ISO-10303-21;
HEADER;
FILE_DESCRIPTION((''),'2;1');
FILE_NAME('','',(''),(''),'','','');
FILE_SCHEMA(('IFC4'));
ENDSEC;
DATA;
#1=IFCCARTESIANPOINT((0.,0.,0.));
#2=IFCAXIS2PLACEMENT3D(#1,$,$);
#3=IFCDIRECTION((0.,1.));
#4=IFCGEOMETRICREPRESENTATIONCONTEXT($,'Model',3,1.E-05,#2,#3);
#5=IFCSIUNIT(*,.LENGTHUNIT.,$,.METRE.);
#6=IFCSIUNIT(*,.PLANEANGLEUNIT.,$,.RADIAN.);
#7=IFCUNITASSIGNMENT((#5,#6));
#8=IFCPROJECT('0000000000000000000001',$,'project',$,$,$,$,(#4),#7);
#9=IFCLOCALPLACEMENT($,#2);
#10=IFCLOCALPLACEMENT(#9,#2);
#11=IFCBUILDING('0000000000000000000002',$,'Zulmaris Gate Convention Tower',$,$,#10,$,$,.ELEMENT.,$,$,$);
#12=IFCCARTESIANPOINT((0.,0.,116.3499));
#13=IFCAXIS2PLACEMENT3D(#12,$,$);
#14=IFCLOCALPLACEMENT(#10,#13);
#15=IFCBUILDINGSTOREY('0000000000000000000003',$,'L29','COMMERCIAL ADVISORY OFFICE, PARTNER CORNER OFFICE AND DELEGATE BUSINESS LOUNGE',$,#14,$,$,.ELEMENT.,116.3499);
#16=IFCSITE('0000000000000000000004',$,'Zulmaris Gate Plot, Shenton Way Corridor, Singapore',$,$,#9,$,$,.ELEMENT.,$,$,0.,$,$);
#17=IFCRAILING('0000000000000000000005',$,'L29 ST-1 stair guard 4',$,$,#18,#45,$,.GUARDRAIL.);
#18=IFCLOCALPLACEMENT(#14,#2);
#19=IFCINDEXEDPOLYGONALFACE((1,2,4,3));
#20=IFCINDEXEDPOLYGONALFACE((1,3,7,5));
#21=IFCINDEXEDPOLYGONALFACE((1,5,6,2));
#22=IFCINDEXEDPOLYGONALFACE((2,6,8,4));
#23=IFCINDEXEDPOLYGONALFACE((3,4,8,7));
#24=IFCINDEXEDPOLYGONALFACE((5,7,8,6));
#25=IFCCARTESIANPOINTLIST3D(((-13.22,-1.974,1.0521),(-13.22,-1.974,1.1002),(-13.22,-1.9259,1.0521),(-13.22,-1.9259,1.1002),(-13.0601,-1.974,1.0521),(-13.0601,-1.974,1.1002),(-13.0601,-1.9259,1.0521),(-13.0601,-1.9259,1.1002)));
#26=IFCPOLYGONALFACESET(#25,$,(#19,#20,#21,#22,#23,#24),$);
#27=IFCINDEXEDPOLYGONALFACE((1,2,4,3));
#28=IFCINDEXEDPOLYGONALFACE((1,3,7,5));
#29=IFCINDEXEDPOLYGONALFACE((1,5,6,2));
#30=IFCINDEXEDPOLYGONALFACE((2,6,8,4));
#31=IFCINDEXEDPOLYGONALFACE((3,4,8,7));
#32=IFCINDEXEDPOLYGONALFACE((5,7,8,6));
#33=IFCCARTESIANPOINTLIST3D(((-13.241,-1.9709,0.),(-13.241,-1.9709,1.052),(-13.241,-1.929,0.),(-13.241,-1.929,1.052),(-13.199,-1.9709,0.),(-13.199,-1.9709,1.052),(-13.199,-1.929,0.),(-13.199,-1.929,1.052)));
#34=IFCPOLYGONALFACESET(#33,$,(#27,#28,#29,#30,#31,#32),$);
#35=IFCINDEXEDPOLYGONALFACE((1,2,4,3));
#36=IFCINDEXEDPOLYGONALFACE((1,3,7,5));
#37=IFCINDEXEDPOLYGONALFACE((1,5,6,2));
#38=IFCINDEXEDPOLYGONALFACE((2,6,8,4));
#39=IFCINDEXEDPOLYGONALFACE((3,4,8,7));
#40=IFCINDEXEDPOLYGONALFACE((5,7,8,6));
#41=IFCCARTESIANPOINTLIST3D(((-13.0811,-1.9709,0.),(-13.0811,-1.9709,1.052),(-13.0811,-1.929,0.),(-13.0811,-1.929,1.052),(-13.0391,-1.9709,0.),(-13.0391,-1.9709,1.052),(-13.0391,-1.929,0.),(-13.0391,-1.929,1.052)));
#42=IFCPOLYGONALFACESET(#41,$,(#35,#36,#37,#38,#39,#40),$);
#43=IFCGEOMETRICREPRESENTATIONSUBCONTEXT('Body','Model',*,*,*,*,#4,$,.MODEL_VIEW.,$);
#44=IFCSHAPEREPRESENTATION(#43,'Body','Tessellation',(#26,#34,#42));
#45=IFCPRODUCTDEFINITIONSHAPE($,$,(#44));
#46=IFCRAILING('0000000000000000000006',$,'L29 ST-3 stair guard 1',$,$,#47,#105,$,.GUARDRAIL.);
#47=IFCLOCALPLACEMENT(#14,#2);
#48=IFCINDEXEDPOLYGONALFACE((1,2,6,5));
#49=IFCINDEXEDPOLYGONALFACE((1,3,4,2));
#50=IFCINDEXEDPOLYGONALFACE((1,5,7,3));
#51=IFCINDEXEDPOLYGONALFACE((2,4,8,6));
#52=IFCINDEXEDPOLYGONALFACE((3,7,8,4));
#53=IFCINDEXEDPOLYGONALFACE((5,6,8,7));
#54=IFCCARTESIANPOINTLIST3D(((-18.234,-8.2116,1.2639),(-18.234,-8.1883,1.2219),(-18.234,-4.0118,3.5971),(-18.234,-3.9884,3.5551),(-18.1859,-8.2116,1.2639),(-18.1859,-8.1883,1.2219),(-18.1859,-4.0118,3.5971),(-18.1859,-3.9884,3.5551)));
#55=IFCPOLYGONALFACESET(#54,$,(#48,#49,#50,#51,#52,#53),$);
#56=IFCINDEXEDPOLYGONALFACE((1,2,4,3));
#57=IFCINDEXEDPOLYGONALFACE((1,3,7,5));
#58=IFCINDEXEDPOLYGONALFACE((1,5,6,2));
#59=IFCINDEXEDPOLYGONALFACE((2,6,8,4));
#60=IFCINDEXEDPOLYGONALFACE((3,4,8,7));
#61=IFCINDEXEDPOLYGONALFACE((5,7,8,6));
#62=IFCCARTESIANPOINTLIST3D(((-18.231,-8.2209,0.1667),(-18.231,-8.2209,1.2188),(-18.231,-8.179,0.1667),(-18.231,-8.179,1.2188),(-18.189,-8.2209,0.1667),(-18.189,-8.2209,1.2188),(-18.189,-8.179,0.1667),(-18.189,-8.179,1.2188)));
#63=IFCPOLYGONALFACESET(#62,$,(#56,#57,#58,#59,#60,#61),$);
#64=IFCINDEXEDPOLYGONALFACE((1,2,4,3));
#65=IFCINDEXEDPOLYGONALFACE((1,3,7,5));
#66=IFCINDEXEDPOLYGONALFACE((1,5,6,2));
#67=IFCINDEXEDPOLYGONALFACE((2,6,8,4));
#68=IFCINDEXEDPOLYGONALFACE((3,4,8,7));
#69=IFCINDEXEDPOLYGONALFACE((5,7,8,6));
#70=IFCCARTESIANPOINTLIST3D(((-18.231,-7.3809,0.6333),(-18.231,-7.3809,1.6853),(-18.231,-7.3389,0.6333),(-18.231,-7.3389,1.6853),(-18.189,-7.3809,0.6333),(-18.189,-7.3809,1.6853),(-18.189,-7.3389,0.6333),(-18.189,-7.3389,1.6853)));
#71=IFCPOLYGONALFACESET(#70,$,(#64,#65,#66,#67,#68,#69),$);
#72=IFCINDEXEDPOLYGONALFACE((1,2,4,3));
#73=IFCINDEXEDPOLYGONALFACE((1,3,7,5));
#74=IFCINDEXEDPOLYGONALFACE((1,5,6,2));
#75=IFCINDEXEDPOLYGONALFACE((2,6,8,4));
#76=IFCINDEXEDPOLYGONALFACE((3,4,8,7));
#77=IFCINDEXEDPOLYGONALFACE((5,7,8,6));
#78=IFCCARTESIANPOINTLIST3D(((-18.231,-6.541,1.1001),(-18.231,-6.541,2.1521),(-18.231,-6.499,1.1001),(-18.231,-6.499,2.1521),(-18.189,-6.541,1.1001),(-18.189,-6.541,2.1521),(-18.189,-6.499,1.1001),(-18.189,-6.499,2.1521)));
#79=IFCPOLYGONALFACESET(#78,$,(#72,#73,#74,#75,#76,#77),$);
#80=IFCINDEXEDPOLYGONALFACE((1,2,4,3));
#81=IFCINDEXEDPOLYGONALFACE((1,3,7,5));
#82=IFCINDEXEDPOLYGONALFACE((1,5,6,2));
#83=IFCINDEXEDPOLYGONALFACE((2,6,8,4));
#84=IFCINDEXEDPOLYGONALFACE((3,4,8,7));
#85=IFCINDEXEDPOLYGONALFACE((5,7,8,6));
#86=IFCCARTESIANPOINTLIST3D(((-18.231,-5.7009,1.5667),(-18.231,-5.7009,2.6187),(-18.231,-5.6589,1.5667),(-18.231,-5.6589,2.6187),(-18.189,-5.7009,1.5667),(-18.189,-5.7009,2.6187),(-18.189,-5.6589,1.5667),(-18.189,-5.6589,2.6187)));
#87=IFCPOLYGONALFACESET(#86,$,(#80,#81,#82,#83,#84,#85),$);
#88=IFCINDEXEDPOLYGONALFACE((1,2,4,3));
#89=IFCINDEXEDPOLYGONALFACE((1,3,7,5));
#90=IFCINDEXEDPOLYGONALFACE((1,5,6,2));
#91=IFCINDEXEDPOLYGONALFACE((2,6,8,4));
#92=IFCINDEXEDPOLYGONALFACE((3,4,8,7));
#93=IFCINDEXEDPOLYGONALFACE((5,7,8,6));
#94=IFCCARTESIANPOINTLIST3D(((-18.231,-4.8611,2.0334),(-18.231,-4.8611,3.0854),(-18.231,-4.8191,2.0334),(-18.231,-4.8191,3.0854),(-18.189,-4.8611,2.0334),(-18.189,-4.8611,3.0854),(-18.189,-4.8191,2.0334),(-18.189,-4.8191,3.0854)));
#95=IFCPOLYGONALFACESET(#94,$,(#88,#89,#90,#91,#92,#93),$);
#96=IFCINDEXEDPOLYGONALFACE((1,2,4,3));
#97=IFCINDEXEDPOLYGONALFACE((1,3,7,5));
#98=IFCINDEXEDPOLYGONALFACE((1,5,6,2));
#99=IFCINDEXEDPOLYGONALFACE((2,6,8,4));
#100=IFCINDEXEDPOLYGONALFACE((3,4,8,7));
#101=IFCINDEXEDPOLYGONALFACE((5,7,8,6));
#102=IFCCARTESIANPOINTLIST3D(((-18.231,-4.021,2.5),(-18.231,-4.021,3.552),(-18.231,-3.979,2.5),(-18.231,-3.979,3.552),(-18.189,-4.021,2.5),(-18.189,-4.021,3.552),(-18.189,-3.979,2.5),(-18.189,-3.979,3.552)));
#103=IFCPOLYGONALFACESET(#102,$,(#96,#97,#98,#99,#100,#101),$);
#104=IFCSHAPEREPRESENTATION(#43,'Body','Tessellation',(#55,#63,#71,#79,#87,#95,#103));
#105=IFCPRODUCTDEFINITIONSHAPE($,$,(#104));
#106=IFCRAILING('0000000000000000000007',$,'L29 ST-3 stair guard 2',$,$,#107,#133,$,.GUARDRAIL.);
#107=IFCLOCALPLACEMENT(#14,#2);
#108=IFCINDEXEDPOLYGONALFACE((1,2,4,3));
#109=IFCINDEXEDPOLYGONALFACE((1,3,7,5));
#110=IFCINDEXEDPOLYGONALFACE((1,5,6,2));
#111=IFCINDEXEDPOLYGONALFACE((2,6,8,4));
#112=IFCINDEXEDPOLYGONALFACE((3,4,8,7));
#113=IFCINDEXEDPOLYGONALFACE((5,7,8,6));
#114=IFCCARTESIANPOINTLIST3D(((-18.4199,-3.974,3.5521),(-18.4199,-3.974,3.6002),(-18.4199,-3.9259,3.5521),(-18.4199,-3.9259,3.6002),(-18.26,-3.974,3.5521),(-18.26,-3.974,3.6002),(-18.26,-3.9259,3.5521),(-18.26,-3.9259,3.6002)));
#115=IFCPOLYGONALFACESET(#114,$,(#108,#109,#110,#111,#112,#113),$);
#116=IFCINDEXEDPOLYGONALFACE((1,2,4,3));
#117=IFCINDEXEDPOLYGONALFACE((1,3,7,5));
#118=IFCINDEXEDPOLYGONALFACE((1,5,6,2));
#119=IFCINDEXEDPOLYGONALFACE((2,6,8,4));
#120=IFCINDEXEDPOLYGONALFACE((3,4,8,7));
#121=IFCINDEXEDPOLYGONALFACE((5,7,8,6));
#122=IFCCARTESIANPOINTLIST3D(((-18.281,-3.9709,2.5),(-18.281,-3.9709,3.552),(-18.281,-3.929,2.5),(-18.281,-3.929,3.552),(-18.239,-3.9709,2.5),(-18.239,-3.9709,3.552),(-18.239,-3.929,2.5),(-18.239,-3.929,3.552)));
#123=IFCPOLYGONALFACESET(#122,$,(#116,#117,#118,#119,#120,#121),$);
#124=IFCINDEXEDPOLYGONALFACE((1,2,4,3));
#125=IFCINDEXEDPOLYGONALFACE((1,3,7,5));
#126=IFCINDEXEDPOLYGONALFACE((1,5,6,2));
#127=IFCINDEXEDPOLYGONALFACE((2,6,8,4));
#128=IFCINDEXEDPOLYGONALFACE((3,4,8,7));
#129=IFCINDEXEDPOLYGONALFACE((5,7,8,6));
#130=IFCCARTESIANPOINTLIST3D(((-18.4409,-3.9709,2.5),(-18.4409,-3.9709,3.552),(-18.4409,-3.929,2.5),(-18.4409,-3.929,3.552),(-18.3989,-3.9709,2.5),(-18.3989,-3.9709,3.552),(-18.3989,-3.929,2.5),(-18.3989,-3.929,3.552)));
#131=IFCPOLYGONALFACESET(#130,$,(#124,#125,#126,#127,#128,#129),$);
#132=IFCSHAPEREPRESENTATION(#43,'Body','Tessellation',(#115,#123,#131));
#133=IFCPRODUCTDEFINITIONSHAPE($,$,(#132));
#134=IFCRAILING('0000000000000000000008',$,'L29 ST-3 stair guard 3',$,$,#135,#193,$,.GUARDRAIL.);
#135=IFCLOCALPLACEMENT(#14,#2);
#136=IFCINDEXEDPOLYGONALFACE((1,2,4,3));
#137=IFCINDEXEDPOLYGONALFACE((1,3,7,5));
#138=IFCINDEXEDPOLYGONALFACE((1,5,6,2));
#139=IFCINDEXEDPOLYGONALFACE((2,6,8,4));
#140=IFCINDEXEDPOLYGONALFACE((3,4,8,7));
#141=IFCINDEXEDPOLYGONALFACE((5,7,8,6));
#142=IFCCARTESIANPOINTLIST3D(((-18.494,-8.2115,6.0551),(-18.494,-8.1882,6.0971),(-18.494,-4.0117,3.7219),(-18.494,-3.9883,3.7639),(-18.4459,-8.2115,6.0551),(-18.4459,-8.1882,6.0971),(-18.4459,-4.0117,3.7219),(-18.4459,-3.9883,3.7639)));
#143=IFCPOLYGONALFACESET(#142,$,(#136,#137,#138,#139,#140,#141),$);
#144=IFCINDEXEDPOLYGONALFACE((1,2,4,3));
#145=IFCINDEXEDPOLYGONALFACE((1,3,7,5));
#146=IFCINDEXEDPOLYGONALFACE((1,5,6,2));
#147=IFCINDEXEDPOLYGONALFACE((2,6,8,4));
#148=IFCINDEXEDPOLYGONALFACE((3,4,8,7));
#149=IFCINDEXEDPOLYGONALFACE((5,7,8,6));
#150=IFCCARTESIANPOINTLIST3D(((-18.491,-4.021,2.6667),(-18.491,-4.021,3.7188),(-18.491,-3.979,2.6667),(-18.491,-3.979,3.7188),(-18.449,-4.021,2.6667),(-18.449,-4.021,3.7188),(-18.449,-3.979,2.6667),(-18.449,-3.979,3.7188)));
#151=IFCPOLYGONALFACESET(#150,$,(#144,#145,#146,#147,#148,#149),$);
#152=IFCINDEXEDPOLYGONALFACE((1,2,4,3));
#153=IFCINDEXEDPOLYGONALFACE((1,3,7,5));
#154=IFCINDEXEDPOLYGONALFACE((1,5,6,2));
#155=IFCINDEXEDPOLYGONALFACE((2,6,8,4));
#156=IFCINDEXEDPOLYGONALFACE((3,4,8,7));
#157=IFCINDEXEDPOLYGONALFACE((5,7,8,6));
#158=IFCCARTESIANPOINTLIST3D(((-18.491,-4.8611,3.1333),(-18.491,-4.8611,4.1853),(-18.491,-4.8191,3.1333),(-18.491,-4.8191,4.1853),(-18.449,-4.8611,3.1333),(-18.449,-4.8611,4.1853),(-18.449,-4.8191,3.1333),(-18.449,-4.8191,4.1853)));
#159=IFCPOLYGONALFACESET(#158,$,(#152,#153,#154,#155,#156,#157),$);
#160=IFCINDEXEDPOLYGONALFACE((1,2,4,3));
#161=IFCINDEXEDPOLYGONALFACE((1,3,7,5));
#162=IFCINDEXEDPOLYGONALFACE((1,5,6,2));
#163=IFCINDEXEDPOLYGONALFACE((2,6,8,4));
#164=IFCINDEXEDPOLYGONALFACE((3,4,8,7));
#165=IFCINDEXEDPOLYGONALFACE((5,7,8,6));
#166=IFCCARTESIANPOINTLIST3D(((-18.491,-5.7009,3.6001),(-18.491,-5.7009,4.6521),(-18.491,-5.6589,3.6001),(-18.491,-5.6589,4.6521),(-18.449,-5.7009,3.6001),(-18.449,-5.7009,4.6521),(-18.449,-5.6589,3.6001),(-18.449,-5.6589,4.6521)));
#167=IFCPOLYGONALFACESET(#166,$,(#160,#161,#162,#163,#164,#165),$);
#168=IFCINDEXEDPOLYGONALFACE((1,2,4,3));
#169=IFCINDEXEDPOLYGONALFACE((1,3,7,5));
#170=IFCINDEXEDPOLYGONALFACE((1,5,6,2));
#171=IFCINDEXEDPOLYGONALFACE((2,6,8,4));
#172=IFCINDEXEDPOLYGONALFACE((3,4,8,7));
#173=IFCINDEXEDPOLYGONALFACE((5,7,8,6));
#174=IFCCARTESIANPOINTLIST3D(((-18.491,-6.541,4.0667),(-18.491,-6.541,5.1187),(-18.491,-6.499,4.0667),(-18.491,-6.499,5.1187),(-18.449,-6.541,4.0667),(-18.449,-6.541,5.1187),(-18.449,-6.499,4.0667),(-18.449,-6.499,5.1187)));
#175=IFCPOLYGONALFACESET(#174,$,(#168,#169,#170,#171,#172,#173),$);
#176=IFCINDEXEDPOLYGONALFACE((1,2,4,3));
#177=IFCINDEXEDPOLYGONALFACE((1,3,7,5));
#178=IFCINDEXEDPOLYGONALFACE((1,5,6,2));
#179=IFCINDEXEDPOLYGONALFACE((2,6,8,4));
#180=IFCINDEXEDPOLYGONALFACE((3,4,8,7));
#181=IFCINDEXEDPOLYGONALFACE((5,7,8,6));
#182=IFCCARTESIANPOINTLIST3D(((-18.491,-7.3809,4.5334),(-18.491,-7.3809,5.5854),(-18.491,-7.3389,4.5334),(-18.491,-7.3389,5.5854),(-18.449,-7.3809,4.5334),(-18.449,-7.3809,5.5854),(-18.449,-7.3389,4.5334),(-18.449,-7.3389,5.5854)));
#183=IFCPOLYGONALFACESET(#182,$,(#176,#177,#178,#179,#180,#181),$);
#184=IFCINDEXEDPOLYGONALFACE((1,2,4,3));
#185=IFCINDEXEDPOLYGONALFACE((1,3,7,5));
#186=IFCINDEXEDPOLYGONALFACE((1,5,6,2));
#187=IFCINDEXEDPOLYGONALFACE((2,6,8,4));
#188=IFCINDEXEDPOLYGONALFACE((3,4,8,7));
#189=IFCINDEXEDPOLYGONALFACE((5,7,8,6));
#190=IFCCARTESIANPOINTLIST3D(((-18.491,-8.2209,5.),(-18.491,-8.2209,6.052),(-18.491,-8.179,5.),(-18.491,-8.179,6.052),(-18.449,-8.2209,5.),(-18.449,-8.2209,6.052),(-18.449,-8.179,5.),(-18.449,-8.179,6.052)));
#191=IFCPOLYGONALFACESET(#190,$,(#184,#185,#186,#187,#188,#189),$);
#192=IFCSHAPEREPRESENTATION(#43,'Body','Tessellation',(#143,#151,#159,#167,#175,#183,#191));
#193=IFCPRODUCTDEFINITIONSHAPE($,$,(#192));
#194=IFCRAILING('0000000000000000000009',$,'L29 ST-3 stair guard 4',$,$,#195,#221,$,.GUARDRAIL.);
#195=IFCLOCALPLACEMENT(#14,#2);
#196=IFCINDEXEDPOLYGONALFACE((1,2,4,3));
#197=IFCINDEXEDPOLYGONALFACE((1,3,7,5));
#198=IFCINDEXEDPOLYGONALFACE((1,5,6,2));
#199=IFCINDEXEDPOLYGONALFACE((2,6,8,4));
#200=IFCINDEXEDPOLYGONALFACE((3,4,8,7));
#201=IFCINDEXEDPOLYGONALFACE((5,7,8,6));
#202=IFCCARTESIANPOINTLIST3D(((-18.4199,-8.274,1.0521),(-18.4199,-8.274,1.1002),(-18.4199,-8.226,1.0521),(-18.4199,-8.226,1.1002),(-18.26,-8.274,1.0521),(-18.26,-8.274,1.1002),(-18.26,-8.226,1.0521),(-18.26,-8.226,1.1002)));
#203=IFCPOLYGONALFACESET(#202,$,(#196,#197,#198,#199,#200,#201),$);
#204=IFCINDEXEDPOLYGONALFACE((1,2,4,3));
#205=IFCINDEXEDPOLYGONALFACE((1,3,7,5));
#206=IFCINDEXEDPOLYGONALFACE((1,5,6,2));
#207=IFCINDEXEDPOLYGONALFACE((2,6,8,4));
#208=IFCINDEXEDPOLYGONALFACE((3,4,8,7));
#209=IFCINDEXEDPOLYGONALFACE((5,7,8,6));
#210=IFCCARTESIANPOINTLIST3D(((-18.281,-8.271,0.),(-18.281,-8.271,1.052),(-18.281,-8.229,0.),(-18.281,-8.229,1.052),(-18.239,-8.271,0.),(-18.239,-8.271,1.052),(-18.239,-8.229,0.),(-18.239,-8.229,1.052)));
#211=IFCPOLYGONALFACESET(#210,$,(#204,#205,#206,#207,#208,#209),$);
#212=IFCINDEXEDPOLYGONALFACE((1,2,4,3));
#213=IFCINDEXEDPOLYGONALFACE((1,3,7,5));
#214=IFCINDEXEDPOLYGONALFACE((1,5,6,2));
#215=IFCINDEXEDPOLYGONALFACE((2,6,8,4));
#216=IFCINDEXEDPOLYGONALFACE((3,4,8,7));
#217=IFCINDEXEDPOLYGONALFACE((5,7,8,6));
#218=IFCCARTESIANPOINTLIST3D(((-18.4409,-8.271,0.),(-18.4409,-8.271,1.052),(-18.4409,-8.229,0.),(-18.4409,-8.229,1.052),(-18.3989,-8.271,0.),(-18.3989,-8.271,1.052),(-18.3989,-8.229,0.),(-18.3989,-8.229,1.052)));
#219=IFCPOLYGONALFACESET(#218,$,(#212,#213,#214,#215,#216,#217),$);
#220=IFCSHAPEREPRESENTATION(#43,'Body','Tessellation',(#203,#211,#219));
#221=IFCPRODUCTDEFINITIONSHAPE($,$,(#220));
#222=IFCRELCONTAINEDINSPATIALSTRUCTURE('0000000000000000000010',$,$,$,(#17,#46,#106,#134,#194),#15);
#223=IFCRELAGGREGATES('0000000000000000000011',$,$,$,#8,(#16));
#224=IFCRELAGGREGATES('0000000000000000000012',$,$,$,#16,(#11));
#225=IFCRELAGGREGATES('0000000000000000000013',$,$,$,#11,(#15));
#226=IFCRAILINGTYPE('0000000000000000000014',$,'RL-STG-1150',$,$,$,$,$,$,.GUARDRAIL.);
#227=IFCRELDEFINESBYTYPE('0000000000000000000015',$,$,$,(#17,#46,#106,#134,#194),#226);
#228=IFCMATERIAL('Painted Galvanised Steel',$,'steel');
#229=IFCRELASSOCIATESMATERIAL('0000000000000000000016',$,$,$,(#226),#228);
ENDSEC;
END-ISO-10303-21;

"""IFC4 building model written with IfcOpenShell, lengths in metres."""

from ifc_helpers import new_model, si_unit, direction, frame, origin, origin_2d, place, context, subcontext, project, spatial, rectangle, extrude, material, type_object, element, save


model = new_model("IFC4")

# Units and contexts
model_context = context("Model", 3, precision=1e-05, world=origin(), true_north=direction((0.0, 1.0)))
body_context = subcontext(model_context, "Body", "Model", "MODEL_VIEW")
ifc_project = project(units=[si_unit("LENGTHUNIT", "METRE"), si_unit("PLANEANGLEUNIT", "RADIAN")], contexts=[model_context])

# Site, building, storey
site_placement = place(None, origin())
site = spatial("IfcSite", under=ifc_project, at=site_placement, Name="Zulmaris Gate Plot, Shenton Way Corridor, Singapore", CompositionType="ELEMENT", RefElevation=0.0)
building_placement = place(site_placement, origin())
building = spatial("IfcBuilding", under=site, at=building_placement, Name="Zulmaris Gate Convention Tower", CompositionType="ELEMENT")
storey_placement = place(building_placement, frame((0.0, 0.0, 116.3499)))
storey = spatial("IfcBuildingStorey", under=building, at=storey_placement, Name="L29", Description="COMMERCIAL ADVISORY OFFICE, PARTNER CORNER OFFICE AND DELEGATE BUSINESS LOUNGE", CompositionType="ELEMENT", Elevation=116.3499)

# Railings
ifc_material_1 = material(Name="Painted Galvanised Steel", Category="steel")
railing_type_1 = type_object("IfcRailingType", Name="RL-STG-1150", PredefinedType="GUARDRAIL", material=ifc_material_1)
railing_1_placement = place(storey_placement, frame((-13.22, -1.95, 0.0)))
element("IfcRailing", 1, at=railing_1_placement, inside=storey, type_object=railing_type_1, Name="L29 ST-1 stair guard 4", PredefinedType="GUARDRAIL", context=body_context, shape_type="SweptSolid", body=[
    extrude(rectangle(XDim=0.0481, YDim=0.0481, at=origin_2d()), frame((0.0, 0.0, 1.0762), z_axis=(1.0, 0.0, 0.0), x_axis=(0.0, 1.0, 0.0)), (0.0, 0.0, 1.0), 0.1599),
    extrude(rectangle(XDim=0.042, YDim=0.042, at=origin_2d()), origin(), (0.0, 0.0, 1.0), 1.052),
    extrude(rectangle(XDim=0.042, YDim=0.042, at=origin_2d()), frame((0.1599, 0.0, 0.0)), (0.0, 0.0, 1.0), 1.052),
])
railing_2_placement = place(storey_placement, frame((-18.21, -8.2, 0.1667)))
element("IfcRailing", 2, at=railing_2_placement, inside=storey, type_object=railing_type_1, Name="L29 ST-3 stair guard 1", PredefinedType="GUARDRAIL", context=body_context, shape_type="SweptSolid", body=[
    extrude(rectangle(XDim=0.0481, YDim=0.0481, at=origin_2d()), frame((0.0, 0.0, 1.0762), z_axis=(0.0, 0.874162, 0.485634), x_axis=(-1.0, 0.0, 0.0)), (0.0, 0.0, 1.0), 4.8044),
    extrude(rectangle(XDim=0.042, YDim=0.042, at=origin_2d()), origin(), (0.0, 0.0, 1.0), 1.052),
    extrude(rectangle(XDim=0.042, YDim=0.042, at=origin_2d()), frame((0.0, 0.8401, 0.4666)), (0.0, 0.0, 1.0), 1.052),
    extrude(rectangle(XDim=0.042, YDim=0.042, at=origin_2d()), frame((0.0, 1.6799, 0.9333)), (0.0, 0.0, 1.0), 1.052),
    extrude(rectangle(XDim=0.042, YDim=0.042, at=origin_2d()), frame((0.0, 2.52, 1.3999)), (0.0, 0.0, 1.0), 1.052),
    extrude(rectangle(XDim=0.042, YDim=0.042, at=origin_2d()), frame((0.0, 3.3599, 1.8667)), (0.0, 0.0, 1.0), 1.052),
    extrude(rectangle(XDim=0.042, YDim=0.042, at=origin_2d()), frame((0.0, 4.2, 2.3333)), (0.0, 0.0, 1.0), 1.052),
])
railing_3_placement = place(storey_placement, frame((-18.26, -3.95, 2.5)))
element("IfcRailing", 3, at=railing_3_placement, inside=storey, type_object=railing_type_1, Name="L29 ST-3 stair guard 2", PredefinedType="GUARDRAIL", context=body_context, shape_type="SweptSolid", body=[
    extrude(rectangle(XDim=0.0481, YDim=0.0481, at=origin_2d()), frame((0.0, 0.0, 1.0762), z_axis=(-1.0, 0.0, 0.0), x_axis=(0.0, -1.0, 0.0)), (0.0, 0.0, 1.0), 0.1599),
    extrude(rectangle(XDim=0.042, YDim=0.042, at=origin_2d()), origin(), (0.0, 0.0, 1.0), 1.052),
    extrude(rectangle(XDim=0.042, YDim=0.042, at=origin_2d()), frame((-0.1599, 0.0, 0.0)), (0.0, 0.0, 1.0), 1.052),
])
railing_4_placement = place(storey_placement, frame((-18.47, -4.0, 2.6667)))
element("IfcRailing", 4, at=railing_4_placement, inside=storey, type_object=railing_type_1, Name="L29 ST-3 stair guard 3", PredefinedType="GUARDRAIL", context=body_context, shape_type="SweptSolid", body=[
    extrude(rectangle(XDim=0.0481, YDim=0.0481, at=origin_2d()), frame((0.0, 0.0, 1.0762), z_axis=(0.0, -0.874162, 0.485634), x_axis=(1.0, 0.0, 0.0)), (0.0, 0.0, 1.0), 4.8044),
    extrude(rectangle(XDim=0.042, YDim=0.042, at=origin_2d()), origin(), (0.0, 0.0, 1.0), 1.052),
    extrude(rectangle(XDim=0.042, YDim=0.042, at=origin_2d()), frame((0.0, -0.8401, 0.4666)), (0.0, 0.0, 1.0), 1.052),
    extrude(rectangle(XDim=0.042, YDim=0.042, at=origin_2d()), frame((0.0, -1.6799, 0.9333)), (0.0, 0.0, 1.0), 1.052),
    extrude(rectangle(XDim=0.042, YDim=0.042, at=origin_2d()), frame((0.0, -2.52, 1.3999)), (0.0, 0.0, 1.0), 1.052),
    extrude(rectangle(XDim=0.042, YDim=0.042, at=origin_2d()), frame((0.0, -3.3599, 1.8667)), (0.0, 0.0, 1.0), 1.052),
    extrude(rectangle(XDim=0.042, YDim=0.042, at=origin_2d()), frame((0.0, -4.2, 2.3333)), (0.0, 0.0, 1.0), 1.052),
])
railing_5_placement = place(storey_placement, frame((-18.26, -8.25, 0.0)))
element("IfcRailing", 5, at=railing_5_placement, inside=storey, type_object=railing_type_1, Name="L29 ST-3 stair guard 4", PredefinedType="GUARDRAIL", context=body_context, shape_type="SweptSolid", body=[
    extrude(rectangle(XDim=0.0481, YDim=0.0481, at=origin_2d()), frame((0.0, 0.0, 1.0762), z_axis=(-1.0, 0.0, 0.0), x_axis=(0.0, -1.0, 0.0)), (0.0, 0.0, 1.0), 0.1599),
    extrude(rectangle(XDim=0.042, YDim=0.042, at=origin_2d()), origin(), (0.0, 0.0, 1.0), 1.052),
    extrude(rectangle(XDim=0.042, YDim=0.042, at=origin_2d()), frame((-0.1599, 0.0, 0.0)), (0.0, 0.0, 1.0), 1.052),
])

save(model, "model.ifc")
